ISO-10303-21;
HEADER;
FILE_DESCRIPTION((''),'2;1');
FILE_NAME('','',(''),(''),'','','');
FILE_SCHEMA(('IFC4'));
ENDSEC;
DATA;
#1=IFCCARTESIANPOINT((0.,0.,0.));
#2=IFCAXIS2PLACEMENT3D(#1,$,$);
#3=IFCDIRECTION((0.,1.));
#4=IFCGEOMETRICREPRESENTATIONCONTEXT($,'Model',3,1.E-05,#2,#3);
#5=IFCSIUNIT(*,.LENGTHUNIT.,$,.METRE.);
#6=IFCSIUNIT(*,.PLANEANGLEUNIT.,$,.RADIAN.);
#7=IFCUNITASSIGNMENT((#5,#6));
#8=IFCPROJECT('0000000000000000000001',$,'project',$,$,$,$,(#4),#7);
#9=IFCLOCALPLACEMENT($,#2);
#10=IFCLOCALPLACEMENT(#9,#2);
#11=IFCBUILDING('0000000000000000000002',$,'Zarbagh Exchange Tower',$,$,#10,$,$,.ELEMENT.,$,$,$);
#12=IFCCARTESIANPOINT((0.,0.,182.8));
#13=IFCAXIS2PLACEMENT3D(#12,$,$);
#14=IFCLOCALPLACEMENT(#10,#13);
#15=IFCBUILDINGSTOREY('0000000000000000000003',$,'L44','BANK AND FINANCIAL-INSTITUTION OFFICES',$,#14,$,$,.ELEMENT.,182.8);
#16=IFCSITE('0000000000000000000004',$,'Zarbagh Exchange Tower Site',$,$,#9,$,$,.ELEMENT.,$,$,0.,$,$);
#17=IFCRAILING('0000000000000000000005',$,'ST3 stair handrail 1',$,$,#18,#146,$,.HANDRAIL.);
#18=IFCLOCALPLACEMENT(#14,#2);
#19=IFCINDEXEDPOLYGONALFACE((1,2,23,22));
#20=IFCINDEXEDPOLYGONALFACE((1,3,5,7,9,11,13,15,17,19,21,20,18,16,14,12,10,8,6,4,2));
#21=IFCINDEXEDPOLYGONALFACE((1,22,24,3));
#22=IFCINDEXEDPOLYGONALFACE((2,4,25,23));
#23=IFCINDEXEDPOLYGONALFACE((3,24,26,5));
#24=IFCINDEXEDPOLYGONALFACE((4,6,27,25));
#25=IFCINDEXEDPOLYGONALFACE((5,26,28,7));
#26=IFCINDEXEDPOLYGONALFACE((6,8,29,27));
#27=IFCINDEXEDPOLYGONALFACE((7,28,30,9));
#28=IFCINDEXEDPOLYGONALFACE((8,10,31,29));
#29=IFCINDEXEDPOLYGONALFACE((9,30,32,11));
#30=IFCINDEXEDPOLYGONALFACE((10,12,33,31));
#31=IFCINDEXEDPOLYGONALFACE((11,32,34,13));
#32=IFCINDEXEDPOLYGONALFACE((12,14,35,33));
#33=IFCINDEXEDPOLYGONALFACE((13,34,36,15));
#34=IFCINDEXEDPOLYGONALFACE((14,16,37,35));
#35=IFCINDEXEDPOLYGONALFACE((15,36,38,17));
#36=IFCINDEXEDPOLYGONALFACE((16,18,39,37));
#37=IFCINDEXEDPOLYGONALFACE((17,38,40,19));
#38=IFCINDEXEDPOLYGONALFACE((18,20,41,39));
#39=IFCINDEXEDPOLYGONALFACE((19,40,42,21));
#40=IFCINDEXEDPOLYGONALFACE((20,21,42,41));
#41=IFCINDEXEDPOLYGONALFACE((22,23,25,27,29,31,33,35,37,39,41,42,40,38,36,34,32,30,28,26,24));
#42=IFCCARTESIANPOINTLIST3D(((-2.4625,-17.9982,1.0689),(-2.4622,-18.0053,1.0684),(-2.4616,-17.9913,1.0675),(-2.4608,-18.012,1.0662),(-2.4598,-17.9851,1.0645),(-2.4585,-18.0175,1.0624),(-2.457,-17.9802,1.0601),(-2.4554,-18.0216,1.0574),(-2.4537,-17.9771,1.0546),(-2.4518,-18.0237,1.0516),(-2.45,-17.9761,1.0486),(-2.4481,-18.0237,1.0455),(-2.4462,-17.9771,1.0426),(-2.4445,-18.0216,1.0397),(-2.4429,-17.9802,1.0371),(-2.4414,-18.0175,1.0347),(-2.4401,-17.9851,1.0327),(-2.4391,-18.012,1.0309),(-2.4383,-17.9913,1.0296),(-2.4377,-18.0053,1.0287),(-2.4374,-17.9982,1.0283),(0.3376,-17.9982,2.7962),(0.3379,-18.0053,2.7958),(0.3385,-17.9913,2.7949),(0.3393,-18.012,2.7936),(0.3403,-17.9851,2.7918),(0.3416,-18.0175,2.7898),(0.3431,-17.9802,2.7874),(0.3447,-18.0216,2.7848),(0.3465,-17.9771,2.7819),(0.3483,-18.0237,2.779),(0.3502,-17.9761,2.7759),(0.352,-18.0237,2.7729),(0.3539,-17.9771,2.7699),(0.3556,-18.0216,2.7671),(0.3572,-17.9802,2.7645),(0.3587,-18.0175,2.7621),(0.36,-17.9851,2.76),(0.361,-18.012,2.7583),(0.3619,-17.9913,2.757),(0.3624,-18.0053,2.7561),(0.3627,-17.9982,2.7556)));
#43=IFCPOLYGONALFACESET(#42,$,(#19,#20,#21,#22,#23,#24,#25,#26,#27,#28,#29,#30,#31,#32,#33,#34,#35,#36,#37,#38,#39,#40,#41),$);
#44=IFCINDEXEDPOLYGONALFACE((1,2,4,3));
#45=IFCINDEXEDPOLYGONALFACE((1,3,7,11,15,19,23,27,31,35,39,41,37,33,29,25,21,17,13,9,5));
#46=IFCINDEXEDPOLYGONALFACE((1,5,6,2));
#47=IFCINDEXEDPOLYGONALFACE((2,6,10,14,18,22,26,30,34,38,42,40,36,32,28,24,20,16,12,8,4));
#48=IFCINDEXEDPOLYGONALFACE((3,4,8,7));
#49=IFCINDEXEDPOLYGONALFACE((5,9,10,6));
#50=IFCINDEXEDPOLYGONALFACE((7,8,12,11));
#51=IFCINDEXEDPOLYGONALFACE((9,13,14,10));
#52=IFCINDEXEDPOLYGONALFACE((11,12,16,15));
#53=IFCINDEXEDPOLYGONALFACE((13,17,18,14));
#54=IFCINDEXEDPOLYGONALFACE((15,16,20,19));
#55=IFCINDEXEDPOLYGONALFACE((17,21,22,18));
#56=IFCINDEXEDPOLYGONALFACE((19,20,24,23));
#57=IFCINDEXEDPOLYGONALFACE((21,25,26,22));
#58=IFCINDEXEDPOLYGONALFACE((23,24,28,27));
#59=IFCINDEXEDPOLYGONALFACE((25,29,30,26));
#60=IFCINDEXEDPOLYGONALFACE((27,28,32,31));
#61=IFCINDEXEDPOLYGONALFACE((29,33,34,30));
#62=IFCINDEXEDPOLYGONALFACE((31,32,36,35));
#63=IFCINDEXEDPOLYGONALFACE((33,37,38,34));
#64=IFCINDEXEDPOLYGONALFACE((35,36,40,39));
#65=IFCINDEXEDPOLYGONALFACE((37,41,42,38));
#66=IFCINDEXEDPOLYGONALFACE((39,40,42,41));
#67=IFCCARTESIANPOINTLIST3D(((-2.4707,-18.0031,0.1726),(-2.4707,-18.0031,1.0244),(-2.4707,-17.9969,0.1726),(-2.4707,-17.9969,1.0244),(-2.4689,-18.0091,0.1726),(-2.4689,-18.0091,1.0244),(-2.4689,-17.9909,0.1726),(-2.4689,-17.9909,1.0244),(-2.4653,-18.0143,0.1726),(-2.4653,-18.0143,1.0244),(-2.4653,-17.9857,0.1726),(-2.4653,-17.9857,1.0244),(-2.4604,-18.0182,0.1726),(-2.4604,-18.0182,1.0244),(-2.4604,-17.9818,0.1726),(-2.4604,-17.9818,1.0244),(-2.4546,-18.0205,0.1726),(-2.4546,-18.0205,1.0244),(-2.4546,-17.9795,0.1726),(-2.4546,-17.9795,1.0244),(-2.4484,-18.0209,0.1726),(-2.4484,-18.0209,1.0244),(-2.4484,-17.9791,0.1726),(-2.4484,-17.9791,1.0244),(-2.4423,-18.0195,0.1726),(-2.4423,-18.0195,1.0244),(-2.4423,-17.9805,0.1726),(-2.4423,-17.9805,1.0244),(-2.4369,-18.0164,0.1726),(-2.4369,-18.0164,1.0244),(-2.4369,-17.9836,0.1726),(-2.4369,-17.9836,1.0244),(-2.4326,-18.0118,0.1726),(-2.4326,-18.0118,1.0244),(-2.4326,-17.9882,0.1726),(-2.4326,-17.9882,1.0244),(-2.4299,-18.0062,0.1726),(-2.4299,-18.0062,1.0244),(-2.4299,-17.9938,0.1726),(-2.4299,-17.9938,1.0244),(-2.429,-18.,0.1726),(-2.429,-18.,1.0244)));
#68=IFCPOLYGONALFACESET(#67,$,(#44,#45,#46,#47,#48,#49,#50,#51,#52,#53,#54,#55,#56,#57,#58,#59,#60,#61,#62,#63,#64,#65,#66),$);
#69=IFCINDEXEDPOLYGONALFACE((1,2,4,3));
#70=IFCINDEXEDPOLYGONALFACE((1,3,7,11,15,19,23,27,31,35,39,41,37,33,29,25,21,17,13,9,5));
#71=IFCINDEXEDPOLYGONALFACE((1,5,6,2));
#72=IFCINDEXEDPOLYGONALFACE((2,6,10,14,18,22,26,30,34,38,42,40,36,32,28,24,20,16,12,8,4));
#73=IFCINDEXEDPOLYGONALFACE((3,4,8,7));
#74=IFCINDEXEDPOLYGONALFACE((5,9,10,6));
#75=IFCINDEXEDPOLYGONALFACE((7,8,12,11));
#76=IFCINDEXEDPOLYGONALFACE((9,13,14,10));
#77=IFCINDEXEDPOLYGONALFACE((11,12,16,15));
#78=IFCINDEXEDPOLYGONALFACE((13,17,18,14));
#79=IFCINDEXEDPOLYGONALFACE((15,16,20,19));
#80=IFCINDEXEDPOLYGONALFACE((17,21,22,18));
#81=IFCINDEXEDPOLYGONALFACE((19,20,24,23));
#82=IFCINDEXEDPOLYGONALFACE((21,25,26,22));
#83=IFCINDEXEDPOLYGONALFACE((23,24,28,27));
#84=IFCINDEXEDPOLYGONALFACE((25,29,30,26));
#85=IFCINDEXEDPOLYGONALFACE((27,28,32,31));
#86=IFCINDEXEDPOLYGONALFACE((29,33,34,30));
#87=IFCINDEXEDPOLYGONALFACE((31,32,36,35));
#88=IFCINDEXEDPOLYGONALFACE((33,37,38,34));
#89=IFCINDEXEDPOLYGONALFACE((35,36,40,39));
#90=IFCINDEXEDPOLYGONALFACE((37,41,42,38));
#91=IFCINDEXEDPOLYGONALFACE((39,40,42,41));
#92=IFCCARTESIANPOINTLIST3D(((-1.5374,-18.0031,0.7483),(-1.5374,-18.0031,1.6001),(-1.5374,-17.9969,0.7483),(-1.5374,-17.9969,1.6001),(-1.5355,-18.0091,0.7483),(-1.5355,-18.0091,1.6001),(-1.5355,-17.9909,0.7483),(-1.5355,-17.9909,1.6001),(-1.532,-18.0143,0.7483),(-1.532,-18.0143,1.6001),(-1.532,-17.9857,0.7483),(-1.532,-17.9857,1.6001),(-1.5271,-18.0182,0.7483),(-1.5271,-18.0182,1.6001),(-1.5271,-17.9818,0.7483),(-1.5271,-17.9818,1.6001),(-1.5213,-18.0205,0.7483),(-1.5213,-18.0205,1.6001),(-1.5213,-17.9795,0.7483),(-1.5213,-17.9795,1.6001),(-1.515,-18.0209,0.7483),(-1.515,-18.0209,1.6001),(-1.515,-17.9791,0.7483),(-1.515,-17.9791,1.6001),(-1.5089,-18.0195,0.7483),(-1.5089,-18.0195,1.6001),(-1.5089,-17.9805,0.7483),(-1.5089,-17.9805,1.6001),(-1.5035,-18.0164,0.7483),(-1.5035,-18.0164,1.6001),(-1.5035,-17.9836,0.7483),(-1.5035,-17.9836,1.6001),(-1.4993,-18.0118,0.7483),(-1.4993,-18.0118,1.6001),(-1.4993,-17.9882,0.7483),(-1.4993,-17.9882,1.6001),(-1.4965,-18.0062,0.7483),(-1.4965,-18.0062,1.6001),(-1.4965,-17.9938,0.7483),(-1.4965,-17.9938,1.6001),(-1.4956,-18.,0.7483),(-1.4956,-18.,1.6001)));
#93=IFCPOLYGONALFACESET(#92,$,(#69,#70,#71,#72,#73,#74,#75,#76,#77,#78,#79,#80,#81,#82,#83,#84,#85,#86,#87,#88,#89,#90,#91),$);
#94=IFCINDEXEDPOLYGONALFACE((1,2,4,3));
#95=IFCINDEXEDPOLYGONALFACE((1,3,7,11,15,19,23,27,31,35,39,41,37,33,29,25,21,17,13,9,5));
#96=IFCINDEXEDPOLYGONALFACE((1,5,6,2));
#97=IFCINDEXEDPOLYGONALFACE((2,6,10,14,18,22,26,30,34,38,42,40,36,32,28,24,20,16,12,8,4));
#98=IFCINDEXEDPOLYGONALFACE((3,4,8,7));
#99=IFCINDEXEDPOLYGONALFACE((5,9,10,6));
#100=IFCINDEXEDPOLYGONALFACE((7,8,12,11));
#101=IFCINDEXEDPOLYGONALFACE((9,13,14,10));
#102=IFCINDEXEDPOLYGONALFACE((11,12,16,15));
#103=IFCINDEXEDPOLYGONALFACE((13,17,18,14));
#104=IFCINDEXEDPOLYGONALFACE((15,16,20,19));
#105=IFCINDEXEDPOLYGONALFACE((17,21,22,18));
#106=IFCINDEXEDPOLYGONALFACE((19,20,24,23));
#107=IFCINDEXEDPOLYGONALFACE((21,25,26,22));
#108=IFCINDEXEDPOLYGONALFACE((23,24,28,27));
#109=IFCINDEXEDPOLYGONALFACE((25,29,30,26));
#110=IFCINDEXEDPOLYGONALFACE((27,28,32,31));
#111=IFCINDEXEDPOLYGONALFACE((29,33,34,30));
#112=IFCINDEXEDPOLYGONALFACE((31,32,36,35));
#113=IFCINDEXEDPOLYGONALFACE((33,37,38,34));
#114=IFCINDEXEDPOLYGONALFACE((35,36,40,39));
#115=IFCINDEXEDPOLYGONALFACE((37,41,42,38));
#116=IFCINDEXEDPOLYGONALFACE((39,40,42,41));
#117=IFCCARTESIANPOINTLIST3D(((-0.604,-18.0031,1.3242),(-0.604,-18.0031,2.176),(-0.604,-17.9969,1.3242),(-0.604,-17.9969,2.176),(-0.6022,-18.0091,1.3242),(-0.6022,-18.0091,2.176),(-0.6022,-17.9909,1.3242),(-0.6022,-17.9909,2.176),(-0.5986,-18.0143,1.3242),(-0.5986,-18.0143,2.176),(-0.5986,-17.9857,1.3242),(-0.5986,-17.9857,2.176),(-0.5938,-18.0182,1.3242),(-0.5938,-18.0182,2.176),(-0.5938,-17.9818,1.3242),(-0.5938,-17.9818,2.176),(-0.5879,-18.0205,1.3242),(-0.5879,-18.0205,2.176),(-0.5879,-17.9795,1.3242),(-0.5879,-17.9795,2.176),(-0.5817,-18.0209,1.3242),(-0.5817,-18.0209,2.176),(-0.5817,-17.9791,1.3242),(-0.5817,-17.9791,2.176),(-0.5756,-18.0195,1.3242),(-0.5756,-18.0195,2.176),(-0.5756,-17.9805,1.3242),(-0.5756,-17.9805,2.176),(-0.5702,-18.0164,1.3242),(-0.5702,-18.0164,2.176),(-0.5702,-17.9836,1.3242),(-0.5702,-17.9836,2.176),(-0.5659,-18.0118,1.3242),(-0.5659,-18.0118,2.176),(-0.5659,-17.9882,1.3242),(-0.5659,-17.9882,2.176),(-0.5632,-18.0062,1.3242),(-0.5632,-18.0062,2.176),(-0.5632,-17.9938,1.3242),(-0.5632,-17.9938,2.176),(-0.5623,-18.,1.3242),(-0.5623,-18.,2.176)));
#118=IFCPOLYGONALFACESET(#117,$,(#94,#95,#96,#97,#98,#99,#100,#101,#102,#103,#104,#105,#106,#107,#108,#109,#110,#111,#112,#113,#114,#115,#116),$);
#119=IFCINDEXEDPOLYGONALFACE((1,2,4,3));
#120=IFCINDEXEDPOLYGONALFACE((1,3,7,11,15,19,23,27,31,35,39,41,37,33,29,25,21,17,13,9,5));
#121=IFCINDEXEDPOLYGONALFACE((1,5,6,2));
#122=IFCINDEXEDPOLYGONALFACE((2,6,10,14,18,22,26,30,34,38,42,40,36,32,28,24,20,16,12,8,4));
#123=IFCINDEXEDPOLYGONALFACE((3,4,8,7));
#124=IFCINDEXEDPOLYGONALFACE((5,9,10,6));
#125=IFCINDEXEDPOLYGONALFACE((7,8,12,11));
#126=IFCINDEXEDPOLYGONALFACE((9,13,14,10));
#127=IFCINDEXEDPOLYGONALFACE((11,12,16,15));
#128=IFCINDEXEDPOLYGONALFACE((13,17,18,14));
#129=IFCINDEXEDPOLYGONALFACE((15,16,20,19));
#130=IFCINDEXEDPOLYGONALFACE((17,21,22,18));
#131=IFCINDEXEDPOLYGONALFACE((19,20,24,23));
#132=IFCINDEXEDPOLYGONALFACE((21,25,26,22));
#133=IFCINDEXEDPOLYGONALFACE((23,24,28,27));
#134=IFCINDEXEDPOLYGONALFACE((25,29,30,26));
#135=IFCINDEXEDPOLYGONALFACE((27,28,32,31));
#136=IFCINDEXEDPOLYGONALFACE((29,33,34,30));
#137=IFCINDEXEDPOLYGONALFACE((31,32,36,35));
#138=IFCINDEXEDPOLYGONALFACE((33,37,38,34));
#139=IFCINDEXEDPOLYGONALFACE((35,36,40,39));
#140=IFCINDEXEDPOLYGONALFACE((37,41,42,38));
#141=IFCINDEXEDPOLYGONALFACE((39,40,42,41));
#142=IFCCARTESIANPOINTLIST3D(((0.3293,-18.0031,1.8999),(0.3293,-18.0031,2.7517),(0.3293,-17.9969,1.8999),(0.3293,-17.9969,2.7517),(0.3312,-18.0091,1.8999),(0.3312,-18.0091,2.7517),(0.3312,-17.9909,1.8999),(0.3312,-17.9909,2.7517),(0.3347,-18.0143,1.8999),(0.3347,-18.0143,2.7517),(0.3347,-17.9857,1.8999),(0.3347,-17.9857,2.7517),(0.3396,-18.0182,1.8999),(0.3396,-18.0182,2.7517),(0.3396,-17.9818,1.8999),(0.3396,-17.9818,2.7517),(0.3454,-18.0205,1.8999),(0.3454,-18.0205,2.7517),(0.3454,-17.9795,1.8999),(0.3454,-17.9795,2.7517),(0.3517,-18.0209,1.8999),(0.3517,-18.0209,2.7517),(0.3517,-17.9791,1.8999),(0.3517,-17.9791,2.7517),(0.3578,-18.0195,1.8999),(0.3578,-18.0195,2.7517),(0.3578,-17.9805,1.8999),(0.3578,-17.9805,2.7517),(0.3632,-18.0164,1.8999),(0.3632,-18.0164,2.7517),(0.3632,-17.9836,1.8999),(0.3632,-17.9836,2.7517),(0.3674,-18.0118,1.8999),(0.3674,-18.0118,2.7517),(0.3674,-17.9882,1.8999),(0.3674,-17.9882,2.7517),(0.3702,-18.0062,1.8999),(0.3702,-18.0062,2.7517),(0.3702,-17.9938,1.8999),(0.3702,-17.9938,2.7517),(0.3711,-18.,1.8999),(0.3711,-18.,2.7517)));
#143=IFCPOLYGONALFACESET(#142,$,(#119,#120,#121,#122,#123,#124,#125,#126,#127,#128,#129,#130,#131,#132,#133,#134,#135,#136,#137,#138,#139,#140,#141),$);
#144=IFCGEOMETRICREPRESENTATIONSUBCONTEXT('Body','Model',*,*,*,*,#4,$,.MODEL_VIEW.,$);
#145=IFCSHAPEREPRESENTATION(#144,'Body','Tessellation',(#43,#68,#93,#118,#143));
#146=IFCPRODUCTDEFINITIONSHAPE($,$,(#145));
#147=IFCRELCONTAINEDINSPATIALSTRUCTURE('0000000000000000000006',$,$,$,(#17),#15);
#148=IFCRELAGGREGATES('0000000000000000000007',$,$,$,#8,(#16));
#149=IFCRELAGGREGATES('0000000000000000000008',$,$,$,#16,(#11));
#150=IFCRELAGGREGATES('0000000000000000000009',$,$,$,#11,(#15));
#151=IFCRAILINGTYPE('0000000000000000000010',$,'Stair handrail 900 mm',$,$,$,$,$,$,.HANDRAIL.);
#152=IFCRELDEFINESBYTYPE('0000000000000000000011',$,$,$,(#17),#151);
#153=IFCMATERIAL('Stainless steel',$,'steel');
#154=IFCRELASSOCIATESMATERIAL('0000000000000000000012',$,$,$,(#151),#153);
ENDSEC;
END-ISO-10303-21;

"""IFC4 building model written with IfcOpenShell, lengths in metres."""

from ifc_helpers import new_model, si_unit, direction, frame, origin, origin_2d, place, context, subcontext, project, spatial, circle, extrude, material, type_object, element, save


model = new_model("IFC4")

# Units and contexts
model_context = context("Model", 3, precision=1e-05, world=origin(), true_north=direction((0.0, 1.0)))
body_context = subcontext(model_context, "Body", "Model", "MODEL_VIEW")
ifc_project = project(units=[si_unit("LENGTHUNIT", "METRE"), si_unit("PLANEANGLEUNIT", "RADIAN")], contexts=[model_context])

# Site, building, storey
site_placement = place(None, origin())
site = spatial("IfcSite", under=ifc_project, at=site_placement, Name="Zarbagh Exchange Tower Site", CompositionType="ELEMENT", RefElevation=0.0)
building_placement = place(site_placement, origin())
building = spatial("IfcBuilding", under=site, at=building_placement, Name="Zarbagh Exchange Tower", CompositionType="ELEMENT")
storey_placement = place(building_placement, frame((0.0, 0.0, 182.8)))
storey = spatial("IfcBuildingStorey", under=building, at=storey_placement, Name="L44", Description="BANK AND FINANCIAL-INSTITUTION OFFICES", CompositionType="ELEMENT", Elevation=182.8)

# Shared definitions
ifc_material_1 = material(Name="Stainless steel", Category="steel")

# Railing
railing_type_1 = type_object("IfcRailingType", Name="Stair handrail 900 mm", PredefinedType="HANDRAIL", material=ifc_material_1)
for number, where, name in (
    (1, (-2.45, -18.0, 0.1726), "ST3 stair handrail 1"),
):
    element("IfcRailing", number, at=place(storey_placement, frame(where)), inside=storey, type_object=railing_type_1, Name=name, PredefinedType="HANDRAIL", context=body_context, shape_type="SweptSolid", body=[
        extrude(circle(Radius=0.0239, at=origin_2d()), frame((0.0, 0.0, 0.876), z_axis=(0.85109, 0.0, 0.52502), x_axis=(0.0, 1.0, 0.0)), (0.0, 0.0, 1.0), 3.29),
        extrude(circle(Radius=0.021, at=origin_2d()), origin(), (0.0, 0.0, 1.0), 0.8518),
        extrude(circle(Radius=0.021, at=origin_2d()), frame((0.9333, 0.0, 0.5757)), (0.0, 0.0, 1.0), 0.8518),
        extrude(circle(Radius=0.021, at=origin_2d()), frame((1.8667, 0.0, 1.1516)), (0.0, 0.0, 1.0), 0.8518),
        extrude(circle(Radius=0.021, at=origin_2d()), frame((2.8, 0.0, 1.7273)), (0.0, 0.0, 1.0), 0.8518),
    ])

save(model, "model.ifc")
